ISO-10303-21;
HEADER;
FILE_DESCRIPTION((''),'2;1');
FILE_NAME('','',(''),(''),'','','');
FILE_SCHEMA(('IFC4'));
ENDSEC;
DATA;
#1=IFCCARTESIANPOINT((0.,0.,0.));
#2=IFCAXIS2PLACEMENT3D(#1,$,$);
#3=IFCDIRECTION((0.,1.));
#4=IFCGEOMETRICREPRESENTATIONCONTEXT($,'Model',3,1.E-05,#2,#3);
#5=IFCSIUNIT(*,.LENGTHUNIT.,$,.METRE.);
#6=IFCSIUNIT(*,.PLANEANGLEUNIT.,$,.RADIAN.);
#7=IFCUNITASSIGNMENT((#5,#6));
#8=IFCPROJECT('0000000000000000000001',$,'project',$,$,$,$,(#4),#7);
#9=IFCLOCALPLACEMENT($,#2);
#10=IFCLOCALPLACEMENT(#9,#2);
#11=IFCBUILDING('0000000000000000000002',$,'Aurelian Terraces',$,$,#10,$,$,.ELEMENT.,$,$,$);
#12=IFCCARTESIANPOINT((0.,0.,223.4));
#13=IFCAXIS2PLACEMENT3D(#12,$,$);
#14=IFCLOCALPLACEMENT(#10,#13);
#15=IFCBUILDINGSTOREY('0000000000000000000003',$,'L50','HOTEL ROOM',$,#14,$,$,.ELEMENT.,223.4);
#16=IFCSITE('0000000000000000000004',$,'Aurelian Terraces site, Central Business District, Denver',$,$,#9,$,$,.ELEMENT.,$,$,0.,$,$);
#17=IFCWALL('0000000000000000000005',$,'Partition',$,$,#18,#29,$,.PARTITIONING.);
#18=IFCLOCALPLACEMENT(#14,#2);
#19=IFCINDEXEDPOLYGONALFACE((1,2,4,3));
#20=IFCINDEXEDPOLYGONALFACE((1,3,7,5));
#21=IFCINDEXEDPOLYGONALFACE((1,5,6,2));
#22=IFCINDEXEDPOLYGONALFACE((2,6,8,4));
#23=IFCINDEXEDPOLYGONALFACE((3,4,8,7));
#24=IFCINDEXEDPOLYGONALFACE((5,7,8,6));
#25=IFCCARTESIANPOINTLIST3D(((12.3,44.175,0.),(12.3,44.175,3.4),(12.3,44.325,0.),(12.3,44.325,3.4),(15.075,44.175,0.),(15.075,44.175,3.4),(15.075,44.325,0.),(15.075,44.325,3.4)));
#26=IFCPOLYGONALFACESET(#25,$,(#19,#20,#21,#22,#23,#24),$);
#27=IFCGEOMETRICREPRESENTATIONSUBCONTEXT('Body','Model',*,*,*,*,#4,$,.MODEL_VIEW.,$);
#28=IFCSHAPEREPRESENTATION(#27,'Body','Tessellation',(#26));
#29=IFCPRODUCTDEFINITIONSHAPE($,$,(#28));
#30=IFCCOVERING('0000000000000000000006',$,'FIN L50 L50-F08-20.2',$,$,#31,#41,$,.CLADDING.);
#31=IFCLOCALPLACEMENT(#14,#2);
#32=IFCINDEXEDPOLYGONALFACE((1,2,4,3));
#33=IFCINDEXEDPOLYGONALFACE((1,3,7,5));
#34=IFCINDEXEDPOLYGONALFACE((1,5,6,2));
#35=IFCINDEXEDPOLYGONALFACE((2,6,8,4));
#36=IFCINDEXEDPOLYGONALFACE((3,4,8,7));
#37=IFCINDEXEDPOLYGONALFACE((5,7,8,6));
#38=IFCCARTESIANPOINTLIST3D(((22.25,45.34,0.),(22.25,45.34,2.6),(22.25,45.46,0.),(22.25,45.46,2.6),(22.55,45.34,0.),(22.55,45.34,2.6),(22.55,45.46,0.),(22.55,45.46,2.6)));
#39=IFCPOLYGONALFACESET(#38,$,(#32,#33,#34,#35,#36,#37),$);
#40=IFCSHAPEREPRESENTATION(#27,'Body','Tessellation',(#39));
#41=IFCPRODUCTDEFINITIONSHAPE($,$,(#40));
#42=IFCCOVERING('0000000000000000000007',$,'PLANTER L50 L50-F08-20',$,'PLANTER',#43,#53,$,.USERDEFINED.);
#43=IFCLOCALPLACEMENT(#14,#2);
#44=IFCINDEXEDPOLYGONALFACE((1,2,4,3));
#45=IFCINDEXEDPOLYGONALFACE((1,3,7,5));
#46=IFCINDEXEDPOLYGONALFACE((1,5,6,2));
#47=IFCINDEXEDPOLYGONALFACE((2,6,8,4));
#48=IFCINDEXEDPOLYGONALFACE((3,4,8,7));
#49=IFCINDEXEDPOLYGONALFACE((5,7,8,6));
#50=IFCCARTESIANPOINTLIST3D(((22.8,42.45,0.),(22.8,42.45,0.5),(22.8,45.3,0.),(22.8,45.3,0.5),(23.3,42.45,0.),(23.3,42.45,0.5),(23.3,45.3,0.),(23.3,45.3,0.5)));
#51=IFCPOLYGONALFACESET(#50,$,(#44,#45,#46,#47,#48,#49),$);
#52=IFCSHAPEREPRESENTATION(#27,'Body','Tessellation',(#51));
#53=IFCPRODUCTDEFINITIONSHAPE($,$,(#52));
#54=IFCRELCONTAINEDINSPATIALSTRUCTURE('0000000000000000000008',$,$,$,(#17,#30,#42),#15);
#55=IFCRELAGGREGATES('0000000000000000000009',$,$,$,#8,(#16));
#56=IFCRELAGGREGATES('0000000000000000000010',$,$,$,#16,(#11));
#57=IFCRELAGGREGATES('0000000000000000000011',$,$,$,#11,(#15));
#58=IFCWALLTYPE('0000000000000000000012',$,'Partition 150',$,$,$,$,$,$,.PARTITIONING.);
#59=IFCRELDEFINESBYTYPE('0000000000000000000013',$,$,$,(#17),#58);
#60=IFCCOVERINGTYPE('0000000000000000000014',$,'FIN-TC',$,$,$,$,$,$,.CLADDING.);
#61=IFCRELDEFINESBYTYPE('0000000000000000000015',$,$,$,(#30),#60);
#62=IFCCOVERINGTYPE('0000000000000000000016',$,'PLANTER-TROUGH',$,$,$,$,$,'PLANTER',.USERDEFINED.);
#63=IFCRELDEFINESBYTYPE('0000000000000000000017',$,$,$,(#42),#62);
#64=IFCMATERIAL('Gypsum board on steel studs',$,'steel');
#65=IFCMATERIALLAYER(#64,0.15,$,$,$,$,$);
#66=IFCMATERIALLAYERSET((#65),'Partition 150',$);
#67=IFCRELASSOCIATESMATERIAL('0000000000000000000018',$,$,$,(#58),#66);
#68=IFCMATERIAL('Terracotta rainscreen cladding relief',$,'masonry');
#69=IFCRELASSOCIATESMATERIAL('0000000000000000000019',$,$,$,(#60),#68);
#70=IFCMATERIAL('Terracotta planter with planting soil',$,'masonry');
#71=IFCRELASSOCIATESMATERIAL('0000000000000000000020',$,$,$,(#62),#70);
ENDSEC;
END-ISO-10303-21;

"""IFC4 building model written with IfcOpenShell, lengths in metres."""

from ifc_helpers import new_model, si_unit, direction, frame, frame_2d, origin, origin_2d, place, context, subcontext, project, spatial, rectangle, extrude, source, transform, mapped, material, layer, layer_set, type_object, element, save


model = new_model("IFC4")

# Units and contexts
model_context = context("Model", 3, precision=1e-05, world=origin(), true_north=direction((0.0, 1.0)))
body_context = subcontext(model_context, "Body", "Model", "MODEL_VIEW")
ifc_project = project(units=[si_unit("LENGTHUNIT", "METRE"), si_unit("PLANEANGLEUNIT", "RADIAN")], contexts=[model_context])

# Site, building, storey
site_placement = place(None, origin())
site = spatial("IfcSite", under=ifc_project, at=site_placement, Name="Aurelian Terraces site, Central Business District, Denver", CompositionType="ELEMENT", RefElevation=0.0)
building_placement = place(site_placement, origin())
building = spatial("IfcBuilding", under=site, at=building_placement, Name="Aurelian Terraces", CompositionType="ELEMENT")
storey_placement = place(building_placement, frame((0.0, 0.0, 223.4)))
storey = spatial("IfcBuildingStorey", under=building, at=storey_placement, Name="L50", Description="HOTEL ROOM", CompositionType="ELEMENT", Elevation=223.4)

# Shared definitions
ifc_material_1 = material(Name="Gypsum board on steel studs", Category="steel")
ifc_layer_1 = layer(ifc_material_1, 0.15)
ifc_layer_set_1 = layer_set([ifc_layer_1], Name="Partition 150")
wall_type_1 = type_object("IfcWallType", Name="Partition 150", PredefinedType="PARTITIONING", material=ifc_layer_set_1)

# Wall
shared_shape_1 = source(origin(), body_context, "Body", "SweptSolid", [
    extrude(rectangle(XDim=2.775, YDim=0.15, at=frame_2d((1.3875, 0.0))), origin(), (0.0, 0.0, 1.0), 3.4),
])
wall_1_placement = place(storey_placement, frame((15.075, 44.25, 0.0), z_axis=(0.0, 0.0, 1.0), x_axis=(-1.0, 0.0, 0.0)))
element("IfcWall", 1, at=wall_1_placement, inside=storey, type_object=wall_type_1, Name="Partition", PredefinedType="PARTITIONING", context=body_context, shape_type="MappedRepresentation", body=[
    mapped(shared_shape_1, transform((0.0, 0.0, 0.0), scale=1.0)),
])

# Coverings
ifc_material_2 = material(Name="Terracotta rainscreen cladding relief", Category="masonry")
covering_type_1 = type_object("IfcCoveringType", Name="FIN-TC", PredefinedType="CLADDING", material=ifc_material_2)
shared_shape_2 = source(origin(), body_context, "Body", "SweptSolid", [
    extrude(rectangle(XDim=0.3, YDim=0.12, at=origin_2d()), origin(), (0.0, 0.0, 1.0), 2.6),
])
covering_1_placement = place(storey_placement, frame((22.4, 45.4, 0.0), z_axis=(0.0, 0.0, 1.0), x_axis=(1.0, 0.0, 0.0)))
element("IfcCovering", 2, at=covering_1_placement, inside=storey, type_object=covering_type_1, Name="FIN L50 L50-F08-20.2", PredefinedType="CLADDING", context=body_context, shape_type="MappedRepresentation", body=[
    mapped(shared_shape_2, transform((0.0, 0.0, 0.0), scale=1.0)),
])
ifc_material_3 = material(Name="Terracotta planter with planting soil", Category="masonry")
covering_type_2 = type_object("IfcCoveringType", Name="PLANTER-TROUGH", ElementType="PLANTER", PredefinedType="USERDEFINED", material=ifc_material_3)
shared_shape_3 = source(origin(), body_context, "Body", "SweptSolid", [
    extrude(rectangle(XDim=0.5, YDim=2.85, at=origin_2d()), origin(), (0.0, 0.0, 1.0), 0.5),
])
covering_2_placement = place(storey_placement, frame((23.05, 43.875, 0.0), z_axis=(0.0, 0.0, 1.0), x_axis=(1.0, 0.0, 0.0)))
element("IfcCovering", 3, at=covering_2_placement, inside=storey, type_object=covering_type_2, Name="PLANTER L50 L50-F08-20", ObjectType="PLANTER", PredefinedType="USERDEFINED", context=body_context, shape_type="MappedRepresentation", body=[
    mapped(shared_shape_3, transform((0.0, 0.0, 0.0), scale=1.0)),
])

save(model, "model.ifc")
